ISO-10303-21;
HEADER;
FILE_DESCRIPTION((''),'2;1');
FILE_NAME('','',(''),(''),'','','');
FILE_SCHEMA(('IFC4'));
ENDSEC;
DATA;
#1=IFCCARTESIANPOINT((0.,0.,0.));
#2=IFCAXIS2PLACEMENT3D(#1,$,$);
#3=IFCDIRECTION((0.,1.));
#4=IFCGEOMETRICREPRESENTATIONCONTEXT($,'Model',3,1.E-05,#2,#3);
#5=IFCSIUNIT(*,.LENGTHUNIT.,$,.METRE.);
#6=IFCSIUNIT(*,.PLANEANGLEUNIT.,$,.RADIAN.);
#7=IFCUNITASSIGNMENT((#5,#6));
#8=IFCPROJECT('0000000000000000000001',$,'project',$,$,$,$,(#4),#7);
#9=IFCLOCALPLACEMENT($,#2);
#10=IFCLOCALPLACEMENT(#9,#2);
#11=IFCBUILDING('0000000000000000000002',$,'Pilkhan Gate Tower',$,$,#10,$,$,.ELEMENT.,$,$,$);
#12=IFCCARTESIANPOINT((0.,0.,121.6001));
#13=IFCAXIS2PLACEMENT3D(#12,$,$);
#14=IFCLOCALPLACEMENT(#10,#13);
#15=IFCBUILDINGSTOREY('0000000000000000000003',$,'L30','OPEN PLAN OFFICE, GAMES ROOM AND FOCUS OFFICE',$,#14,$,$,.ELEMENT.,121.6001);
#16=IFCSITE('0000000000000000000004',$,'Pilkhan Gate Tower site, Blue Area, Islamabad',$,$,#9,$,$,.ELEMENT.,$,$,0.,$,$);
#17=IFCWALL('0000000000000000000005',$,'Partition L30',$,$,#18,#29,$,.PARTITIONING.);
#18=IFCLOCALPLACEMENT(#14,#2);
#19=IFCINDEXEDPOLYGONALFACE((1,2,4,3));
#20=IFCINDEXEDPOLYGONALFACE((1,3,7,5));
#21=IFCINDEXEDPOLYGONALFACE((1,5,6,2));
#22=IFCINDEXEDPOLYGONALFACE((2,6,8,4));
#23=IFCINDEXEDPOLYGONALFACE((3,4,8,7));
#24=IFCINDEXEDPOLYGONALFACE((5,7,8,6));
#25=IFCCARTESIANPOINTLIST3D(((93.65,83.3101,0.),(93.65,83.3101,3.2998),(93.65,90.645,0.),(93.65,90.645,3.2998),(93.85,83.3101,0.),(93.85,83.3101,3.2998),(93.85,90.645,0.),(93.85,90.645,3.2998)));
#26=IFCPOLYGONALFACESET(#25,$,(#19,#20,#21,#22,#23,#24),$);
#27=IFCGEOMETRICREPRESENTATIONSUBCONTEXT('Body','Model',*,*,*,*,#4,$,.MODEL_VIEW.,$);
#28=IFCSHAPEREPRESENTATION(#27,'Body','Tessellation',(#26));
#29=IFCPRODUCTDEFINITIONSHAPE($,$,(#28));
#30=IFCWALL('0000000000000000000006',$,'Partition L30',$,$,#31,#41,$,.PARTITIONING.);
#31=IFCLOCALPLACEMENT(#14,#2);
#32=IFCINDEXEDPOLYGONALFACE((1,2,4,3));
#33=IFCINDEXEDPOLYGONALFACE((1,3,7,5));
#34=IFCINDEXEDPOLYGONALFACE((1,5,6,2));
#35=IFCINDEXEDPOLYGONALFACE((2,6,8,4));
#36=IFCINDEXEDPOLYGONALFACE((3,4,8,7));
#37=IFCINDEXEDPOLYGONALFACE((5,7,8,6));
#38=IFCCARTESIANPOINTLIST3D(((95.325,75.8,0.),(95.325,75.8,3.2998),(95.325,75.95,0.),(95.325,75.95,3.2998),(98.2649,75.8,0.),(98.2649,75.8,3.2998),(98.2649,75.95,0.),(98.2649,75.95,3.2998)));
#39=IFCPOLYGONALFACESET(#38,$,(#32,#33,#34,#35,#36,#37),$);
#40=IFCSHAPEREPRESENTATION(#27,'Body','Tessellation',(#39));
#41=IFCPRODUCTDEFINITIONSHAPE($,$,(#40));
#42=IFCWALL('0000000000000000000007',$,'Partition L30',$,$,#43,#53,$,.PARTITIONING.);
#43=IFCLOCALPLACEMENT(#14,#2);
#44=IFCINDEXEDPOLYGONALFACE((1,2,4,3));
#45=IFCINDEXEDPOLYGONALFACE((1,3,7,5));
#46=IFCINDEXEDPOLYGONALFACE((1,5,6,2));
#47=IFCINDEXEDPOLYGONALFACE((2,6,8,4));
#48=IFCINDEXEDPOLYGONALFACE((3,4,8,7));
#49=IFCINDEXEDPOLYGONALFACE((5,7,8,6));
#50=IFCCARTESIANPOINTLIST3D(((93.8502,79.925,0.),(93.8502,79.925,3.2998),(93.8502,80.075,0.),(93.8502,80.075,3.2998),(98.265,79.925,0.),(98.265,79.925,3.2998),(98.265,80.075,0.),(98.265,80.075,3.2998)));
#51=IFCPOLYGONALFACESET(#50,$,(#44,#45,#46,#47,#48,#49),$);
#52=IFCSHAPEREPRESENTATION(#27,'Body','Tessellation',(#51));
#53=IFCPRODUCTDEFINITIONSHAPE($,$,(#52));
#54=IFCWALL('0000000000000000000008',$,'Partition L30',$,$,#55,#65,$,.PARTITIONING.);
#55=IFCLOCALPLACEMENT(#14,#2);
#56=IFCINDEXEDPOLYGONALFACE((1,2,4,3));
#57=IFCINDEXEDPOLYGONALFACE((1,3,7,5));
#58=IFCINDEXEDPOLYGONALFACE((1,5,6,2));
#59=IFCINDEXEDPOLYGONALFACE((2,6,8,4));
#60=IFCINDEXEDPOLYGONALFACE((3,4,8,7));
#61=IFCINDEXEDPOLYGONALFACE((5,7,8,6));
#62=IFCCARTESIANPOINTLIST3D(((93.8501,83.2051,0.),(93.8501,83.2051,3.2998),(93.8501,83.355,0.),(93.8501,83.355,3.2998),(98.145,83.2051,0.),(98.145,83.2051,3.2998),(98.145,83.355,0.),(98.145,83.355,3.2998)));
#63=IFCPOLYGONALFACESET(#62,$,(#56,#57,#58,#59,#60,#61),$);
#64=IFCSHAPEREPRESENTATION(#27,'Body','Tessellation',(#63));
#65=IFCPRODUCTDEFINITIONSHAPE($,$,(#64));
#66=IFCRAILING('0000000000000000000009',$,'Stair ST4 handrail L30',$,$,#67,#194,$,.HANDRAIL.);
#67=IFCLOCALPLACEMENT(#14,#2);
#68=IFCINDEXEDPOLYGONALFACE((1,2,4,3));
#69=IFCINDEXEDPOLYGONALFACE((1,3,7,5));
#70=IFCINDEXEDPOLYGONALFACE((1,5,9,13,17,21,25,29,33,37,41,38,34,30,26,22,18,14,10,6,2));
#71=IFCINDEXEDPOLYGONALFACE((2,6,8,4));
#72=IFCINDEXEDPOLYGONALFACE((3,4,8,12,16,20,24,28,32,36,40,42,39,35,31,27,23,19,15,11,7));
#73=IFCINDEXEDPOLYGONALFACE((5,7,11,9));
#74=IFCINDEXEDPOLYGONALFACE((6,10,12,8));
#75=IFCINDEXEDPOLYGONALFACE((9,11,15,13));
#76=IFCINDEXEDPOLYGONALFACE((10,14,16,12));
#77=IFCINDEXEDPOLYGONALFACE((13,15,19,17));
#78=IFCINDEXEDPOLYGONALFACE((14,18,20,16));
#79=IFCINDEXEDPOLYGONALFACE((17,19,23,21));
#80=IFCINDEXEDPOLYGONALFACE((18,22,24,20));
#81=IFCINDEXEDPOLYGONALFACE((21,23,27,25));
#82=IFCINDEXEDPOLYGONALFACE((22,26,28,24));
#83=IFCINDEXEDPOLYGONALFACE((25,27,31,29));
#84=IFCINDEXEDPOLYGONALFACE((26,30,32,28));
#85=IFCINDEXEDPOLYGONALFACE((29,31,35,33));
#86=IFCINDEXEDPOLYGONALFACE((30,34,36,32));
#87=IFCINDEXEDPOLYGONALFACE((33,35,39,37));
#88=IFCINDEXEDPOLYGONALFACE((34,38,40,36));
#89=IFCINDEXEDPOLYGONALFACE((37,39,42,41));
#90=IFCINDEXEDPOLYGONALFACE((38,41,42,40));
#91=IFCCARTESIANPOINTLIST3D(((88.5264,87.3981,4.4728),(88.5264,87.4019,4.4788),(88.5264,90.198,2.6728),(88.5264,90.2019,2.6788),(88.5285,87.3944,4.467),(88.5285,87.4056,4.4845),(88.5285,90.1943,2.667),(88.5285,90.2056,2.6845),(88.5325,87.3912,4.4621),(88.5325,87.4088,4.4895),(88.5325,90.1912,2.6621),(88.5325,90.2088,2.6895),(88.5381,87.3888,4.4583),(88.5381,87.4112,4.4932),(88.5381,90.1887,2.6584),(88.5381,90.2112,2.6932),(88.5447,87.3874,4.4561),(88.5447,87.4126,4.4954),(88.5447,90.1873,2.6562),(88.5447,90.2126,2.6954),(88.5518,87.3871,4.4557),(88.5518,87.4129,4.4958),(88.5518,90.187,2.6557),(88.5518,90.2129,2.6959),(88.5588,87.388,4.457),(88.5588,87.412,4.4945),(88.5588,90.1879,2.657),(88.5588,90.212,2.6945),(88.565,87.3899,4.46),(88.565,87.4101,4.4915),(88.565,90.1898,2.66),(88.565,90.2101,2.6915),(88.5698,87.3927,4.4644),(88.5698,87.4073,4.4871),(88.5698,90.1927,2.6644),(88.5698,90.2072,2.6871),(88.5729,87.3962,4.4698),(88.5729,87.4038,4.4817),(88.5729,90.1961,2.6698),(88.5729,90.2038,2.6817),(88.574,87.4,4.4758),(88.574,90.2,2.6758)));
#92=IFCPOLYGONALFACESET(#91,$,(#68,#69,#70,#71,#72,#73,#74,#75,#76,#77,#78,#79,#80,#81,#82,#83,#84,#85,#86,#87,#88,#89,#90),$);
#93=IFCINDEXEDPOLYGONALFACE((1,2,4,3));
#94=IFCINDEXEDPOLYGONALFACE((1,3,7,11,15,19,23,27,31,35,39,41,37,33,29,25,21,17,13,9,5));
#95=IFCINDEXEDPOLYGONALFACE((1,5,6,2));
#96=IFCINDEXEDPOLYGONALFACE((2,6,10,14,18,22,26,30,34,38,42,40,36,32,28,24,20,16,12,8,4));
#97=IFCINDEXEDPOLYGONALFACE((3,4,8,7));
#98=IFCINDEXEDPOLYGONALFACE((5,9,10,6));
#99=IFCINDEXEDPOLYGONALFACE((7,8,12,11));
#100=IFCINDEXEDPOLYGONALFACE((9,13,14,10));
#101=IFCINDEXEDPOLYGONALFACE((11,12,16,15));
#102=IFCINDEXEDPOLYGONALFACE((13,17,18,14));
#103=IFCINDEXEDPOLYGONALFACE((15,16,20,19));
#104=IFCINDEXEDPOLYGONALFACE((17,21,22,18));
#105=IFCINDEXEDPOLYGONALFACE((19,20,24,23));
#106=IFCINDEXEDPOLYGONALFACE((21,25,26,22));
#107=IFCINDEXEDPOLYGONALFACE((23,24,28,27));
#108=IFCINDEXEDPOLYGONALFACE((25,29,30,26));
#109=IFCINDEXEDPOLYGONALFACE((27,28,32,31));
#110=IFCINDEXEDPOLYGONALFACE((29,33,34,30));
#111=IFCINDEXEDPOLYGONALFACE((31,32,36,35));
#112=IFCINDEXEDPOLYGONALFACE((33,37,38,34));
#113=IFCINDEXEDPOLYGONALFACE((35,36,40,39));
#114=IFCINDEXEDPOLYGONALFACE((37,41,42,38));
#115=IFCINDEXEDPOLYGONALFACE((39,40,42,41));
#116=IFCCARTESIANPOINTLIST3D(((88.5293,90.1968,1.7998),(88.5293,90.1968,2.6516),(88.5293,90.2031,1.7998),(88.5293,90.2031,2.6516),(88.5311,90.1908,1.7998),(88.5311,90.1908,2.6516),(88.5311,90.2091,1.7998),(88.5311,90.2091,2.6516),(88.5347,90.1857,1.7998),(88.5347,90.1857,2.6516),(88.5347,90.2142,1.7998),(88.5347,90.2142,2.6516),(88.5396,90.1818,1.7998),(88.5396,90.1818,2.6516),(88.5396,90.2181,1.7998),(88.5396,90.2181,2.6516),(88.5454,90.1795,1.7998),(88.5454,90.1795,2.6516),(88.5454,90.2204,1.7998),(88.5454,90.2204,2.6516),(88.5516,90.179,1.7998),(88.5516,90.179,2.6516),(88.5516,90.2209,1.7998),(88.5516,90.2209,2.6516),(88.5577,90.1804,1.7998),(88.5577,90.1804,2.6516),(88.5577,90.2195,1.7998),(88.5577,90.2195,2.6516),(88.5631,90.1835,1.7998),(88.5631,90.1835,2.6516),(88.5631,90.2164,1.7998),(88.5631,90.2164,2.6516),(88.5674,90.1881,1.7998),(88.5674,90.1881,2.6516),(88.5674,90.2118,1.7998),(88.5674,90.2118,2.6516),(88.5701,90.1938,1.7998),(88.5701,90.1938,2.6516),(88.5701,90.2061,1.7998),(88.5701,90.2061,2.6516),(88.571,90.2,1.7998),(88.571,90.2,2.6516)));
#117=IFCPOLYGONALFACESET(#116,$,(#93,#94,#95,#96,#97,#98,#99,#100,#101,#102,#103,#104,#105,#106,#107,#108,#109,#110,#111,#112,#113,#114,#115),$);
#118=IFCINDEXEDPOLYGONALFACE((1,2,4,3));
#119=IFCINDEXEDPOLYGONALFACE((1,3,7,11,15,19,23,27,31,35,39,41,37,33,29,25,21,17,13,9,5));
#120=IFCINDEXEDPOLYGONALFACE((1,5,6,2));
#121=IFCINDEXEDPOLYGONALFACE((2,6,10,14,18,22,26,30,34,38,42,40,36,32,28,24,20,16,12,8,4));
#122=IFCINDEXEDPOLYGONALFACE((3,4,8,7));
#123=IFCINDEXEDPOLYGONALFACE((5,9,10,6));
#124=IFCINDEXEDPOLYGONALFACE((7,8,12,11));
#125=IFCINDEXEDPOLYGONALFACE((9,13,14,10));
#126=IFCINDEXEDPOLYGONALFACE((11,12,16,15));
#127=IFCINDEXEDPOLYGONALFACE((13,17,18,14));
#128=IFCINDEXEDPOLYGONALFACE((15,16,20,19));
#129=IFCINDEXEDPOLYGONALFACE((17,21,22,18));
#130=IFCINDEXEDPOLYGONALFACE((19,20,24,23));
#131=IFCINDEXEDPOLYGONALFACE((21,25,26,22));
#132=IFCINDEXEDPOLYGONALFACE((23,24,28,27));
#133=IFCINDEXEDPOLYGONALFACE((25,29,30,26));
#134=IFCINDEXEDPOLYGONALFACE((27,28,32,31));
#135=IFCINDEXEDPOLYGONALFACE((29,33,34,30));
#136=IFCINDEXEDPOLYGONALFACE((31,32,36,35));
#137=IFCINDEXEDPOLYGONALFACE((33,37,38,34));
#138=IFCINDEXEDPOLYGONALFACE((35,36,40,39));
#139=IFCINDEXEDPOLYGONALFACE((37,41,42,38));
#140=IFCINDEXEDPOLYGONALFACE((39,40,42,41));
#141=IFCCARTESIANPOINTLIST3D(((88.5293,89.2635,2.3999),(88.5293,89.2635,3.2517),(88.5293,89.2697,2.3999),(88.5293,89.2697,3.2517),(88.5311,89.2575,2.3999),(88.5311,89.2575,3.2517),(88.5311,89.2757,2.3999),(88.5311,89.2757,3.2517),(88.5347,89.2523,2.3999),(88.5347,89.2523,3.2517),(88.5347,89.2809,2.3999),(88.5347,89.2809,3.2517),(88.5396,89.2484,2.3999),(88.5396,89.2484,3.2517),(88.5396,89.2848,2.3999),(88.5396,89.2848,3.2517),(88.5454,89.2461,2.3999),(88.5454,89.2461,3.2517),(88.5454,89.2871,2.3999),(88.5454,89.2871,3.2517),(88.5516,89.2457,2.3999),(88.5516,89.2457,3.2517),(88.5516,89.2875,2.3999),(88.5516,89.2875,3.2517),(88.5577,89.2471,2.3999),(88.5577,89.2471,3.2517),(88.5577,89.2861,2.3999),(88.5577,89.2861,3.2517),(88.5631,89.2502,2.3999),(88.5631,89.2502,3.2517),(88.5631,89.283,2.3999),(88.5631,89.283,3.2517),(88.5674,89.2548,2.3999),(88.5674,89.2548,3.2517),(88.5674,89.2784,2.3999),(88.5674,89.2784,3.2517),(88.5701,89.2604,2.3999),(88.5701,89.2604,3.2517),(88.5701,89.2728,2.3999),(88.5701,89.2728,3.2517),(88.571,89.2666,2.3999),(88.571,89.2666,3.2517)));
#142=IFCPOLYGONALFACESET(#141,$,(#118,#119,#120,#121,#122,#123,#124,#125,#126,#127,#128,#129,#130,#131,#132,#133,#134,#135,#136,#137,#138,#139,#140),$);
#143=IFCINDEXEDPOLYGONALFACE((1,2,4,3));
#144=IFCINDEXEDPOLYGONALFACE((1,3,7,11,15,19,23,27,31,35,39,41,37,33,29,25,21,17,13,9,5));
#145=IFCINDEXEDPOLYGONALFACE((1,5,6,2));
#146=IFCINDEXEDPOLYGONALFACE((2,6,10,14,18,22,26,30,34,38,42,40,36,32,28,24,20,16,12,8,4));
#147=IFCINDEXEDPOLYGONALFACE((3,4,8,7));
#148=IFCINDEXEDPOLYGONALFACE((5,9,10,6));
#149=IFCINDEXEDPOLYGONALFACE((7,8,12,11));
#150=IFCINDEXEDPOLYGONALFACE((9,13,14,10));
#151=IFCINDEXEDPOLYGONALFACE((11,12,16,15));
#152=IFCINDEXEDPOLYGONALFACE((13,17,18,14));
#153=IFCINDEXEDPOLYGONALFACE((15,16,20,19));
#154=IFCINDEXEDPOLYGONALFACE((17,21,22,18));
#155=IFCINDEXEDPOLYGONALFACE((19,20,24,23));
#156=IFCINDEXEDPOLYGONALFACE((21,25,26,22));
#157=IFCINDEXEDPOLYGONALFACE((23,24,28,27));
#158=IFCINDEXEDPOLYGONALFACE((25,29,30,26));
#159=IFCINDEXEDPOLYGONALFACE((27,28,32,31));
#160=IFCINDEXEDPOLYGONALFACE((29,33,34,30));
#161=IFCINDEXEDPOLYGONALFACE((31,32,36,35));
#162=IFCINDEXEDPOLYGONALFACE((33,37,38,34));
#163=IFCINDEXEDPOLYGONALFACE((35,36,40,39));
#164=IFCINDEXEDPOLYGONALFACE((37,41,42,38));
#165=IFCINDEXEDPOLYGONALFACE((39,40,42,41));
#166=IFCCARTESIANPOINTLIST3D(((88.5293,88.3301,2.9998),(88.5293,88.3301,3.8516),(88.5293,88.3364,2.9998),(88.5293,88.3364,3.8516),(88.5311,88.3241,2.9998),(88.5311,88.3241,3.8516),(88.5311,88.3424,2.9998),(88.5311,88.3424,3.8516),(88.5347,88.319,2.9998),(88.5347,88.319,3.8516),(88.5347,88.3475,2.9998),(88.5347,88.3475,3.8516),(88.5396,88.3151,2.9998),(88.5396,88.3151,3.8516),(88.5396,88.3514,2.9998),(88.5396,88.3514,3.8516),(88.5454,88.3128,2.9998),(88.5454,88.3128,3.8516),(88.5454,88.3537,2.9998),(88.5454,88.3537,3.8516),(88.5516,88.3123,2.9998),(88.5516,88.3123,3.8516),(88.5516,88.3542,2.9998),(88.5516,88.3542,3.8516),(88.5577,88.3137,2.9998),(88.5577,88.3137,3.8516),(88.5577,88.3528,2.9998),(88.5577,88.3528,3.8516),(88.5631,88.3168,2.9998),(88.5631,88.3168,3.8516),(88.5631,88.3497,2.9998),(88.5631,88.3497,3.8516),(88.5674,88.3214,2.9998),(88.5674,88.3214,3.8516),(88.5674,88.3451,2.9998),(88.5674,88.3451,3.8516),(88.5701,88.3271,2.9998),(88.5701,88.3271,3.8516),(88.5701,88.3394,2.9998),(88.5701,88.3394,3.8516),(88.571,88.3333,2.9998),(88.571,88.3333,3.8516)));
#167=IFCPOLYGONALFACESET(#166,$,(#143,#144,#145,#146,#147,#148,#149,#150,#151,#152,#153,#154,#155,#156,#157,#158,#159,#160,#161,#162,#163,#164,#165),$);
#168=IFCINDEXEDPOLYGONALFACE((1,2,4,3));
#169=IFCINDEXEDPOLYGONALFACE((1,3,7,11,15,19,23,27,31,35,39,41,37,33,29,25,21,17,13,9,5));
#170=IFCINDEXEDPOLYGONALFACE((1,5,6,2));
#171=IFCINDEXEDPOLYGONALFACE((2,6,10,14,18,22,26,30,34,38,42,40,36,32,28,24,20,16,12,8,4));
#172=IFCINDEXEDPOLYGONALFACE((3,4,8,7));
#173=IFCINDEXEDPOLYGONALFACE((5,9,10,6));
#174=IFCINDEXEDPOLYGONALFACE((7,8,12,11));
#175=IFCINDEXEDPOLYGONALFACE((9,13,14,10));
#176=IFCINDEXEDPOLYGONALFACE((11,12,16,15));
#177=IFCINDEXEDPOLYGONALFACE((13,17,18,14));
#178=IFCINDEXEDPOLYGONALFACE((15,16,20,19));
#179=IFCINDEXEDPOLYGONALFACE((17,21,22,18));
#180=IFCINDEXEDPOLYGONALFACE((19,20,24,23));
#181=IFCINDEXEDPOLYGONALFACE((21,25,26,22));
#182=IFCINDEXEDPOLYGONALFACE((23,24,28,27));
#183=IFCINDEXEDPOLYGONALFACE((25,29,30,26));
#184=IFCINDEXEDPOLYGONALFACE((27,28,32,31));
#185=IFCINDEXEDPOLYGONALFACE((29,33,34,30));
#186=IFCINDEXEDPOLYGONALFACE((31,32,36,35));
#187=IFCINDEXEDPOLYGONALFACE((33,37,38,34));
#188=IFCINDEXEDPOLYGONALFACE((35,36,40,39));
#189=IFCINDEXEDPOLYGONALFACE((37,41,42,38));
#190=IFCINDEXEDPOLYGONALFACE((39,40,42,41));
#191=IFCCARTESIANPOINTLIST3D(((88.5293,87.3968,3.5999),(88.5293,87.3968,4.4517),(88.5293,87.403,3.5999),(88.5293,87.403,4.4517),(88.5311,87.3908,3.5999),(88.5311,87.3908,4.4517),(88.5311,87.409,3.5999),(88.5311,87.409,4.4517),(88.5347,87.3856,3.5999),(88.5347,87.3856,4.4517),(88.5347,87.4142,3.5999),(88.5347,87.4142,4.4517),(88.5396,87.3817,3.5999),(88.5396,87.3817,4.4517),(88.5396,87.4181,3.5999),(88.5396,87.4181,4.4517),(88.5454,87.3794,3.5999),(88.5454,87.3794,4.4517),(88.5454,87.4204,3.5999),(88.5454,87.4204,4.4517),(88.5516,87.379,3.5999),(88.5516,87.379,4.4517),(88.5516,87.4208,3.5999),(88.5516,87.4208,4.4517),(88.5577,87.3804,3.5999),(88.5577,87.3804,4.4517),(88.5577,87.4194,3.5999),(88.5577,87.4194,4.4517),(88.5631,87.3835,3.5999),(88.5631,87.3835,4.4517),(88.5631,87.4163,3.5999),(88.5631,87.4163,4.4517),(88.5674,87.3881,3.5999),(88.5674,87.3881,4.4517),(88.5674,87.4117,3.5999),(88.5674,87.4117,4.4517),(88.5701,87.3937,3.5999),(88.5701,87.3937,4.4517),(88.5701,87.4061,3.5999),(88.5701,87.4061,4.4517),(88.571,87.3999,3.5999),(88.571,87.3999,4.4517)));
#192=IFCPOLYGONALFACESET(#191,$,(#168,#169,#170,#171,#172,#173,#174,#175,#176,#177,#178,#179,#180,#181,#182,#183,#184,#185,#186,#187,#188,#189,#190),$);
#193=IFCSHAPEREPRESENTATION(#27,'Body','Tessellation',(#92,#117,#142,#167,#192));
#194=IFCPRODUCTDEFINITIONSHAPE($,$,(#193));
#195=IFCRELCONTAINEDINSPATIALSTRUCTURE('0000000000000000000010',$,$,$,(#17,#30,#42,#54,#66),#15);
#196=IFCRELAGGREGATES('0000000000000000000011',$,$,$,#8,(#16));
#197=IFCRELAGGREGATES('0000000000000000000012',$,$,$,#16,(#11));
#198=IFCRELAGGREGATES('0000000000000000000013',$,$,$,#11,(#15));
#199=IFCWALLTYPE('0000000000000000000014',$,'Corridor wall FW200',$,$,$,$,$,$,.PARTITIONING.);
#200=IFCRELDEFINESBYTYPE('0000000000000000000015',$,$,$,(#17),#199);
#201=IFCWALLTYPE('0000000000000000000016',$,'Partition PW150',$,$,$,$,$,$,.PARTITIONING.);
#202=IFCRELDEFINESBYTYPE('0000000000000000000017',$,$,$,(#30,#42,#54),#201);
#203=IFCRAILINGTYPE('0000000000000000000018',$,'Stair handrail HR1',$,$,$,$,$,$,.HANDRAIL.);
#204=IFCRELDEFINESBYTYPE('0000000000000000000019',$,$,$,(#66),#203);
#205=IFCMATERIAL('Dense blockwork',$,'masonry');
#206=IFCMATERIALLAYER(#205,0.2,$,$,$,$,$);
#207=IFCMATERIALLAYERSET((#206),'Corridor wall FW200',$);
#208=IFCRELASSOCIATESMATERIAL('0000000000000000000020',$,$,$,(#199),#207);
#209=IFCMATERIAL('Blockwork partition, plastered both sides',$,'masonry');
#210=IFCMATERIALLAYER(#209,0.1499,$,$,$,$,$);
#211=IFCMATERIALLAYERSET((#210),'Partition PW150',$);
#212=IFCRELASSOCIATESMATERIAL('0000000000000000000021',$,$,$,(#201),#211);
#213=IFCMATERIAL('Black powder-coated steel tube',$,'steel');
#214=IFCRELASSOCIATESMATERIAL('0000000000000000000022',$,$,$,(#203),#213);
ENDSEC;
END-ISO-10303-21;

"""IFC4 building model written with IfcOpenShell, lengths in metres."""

from ifc_helpers import new_model, si_unit, direction, frame, frame_2d, origin, origin_2d, place, context, subcontext, project, spatial, rectangle, circle, extrude, material, layer, layer_set, type_object, element, save


model = new_model("IFC4")

# Units and contexts
model_context = context("Model", 3, precision=1e-05, world=origin(), true_north=direction((0.0, 1.0)))
body_context = subcontext(model_context, "Body", "Model", "MODEL_VIEW")
ifc_project = project(units=[si_unit("LENGTHUNIT", "METRE"), si_unit("PLANEANGLEUNIT", "RADIAN")], contexts=[model_context])

# Site, building, storey
site_placement = place(None, origin())
site = spatial("IfcSite", under=ifc_project, at=site_placement, Name="Pilkhan Gate Tower site, Blue Area, Islamabad", CompositionType="ELEMENT", RefElevation=0.0)
building_placement = place(site_placement, origin())
building = spatial("IfcBuilding", under=site, at=building_placement, Name="Pilkhan Gate Tower", CompositionType="ELEMENT")
storey_placement = place(building_placement, frame((0.0, 0.0, 121.6001)))
storey = spatial("IfcBuildingStorey", under=building, at=storey_placement, Name="L30", Description="OPEN PLAN OFFICE, GAMES ROOM AND FOCUS OFFICE", CompositionType="ELEMENT", Elevation=121.6001)

# Walls
ifc_material_1 = material(Name="Dense blockwork", Category="masonry")
ifc_layer_1 = layer(ifc_material_1, 0.2)
ifc_layer_set_1 = layer_set([ifc_layer_1], Name="Corridor wall FW200")
wall_type_1 = type_object("IfcWallType", Name="Corridor wall FW200", PredefinedType="PARTITIONING", material=ifc_layer_set_1)
wall_1_placement = place(storey_placement, frame((93.75, 83.3101, 0.0), z_axis=(0.0, 0.0, 1.0), x_axis=(0.0, 1.0, 0.0)))
element("IfcWall", 1, at=wall_1_placement, inside=storey, type_object=wall_type_1, Name="Partition L30", PredefinedType="PARTITIONING", context=body_context, shape_type="SweptSolid", body=[
    extrude(rectangle(XDim=7.335, YDim=0.2, at=frame_2d((3.6675, 0.0))), origin(), (0.0, 0.0, 1.0), 3.2998),
])
ifc_material_2 = material(Name="Blockwork partition, plastered both sides", Category="masonry")
ifc_layer_2 = layer(ifc_material_2, 0.1499)
ifc_layer_set_2 = layer_set([ifc_layer_2], Name="Partition PW150")
wall_type_2 = type_object("IfcWallType", Name="Partition PW150", PredefinedType="PARTITIONING", material=ifc_layer_set_2)
wall_2_placement = place(storey_placement, frame((95.325, 75.875, 0.0), z_axis=(0.0, 0.0, 1.0), x_axis=(1.0, 0.0, 0.0)))
element("IfcWall", 2, at=wall_2_placement, inside=storey, type_object=wall_type_2, Name="Partition L30", PredefinedType="PARTITIONING", context=body_context, shape_type="SweptSolid", body=[
    extrude(rectangle(XDim=2.9399, YDim=0.1499, at=frame_2d((1.47, 0.0))), origin(), (0.0, 0.0, 1.0), 3.2998),
])
wall_3_placement = place(storey_placement, frame((93.8501, 80.0, 0.0), z_axis=(0.0, 0.0, 1.0), x_axis=(1.0, 0.0, 0.0)))
element("IfcWall", 3, at=wall_3_placement, inside=storey, type_object=wall_type_2, Name="Partition L30", PredefinedType="PARTITIONING", context=body_context, shape_type="SweptSolid", body=[
    extrude(rectangle(XDim=4.4148, YDim=0.1499, at=frame_2d((2.2075, 0.0))), origin(), (0.0, 0.0, 1.0), 3.2998),
])
wall_4_placement = place(storey_placement, frame((93.8501, 83.28, 0.0), z_axis=(0.0, 0.0, 1.0), x_axis=(1.0, 0.0, 0.0)))
element("IfcWall", 4, at=wall_4_placement, inside=storey, type_object=wall_type_2, Name="Partition L30", PredefinedType="PARTITIONING", context=body_context, shape_type="SweptSolid", body=[
    extrude(rectangle(XDim=4.2949, YDim=0.1499, at=frame_2d((2.1475, 0.0))), origin(), (0.0, 0.0, 1.0), 3.2998),
])

# Railing
ifc_material_3 = material(Name="Black powder-coated steel tube", Category="steel")
railing_type_1 = type_object("IfcRailingType", Name="Stair handrail HR1", PredefinedType="HANDRAIL", material=ifc_material_3)
railing_placement = place(storey_placement, frame((88.55, 90.2, 1.7998)))
element("IfcRailing", 5, at=railing_placement, inside=storey, type_object=railing_type_1, Name="Stair ST4 handrail L30", PredefinedType="HANDRAIL", context=body_context, shape_type="SweptSolid", body=[
    extrude(circle(Radius=0.0239, at=origin_2d()), frame((0.0, 0.0, 0.876), z_axis=(0.0, -0.841176, 0.540761), x_axis=(1.0, 0.0, 0.0)), (0.0, 0.0, 1.0), 3.3286),
    extrude(circle(Radius=0.021, at=origin_2d()), origin(), (0.0, 0.0, 1.0), 0.8518),
    extrude(circle(Radius=0.021, at=origin_2d()), frame((0.0, -0.9333, 0.6001)), (0.0, 0.0, 1.0), 0.8518),
    extrude(circle(Radius=0.021, at=origin_2d()), frame((0.0, -1.8667, 1.2)), (0.0, 0.0, 1.0), 0.8518),
    extrude(circle(Radius=0.021, at=origin_2d()), frame((0.0, -2.8, 1.8)), (0.0, 0.0, 1.0), 0.8518),
])

save(model, "model.ifc")
